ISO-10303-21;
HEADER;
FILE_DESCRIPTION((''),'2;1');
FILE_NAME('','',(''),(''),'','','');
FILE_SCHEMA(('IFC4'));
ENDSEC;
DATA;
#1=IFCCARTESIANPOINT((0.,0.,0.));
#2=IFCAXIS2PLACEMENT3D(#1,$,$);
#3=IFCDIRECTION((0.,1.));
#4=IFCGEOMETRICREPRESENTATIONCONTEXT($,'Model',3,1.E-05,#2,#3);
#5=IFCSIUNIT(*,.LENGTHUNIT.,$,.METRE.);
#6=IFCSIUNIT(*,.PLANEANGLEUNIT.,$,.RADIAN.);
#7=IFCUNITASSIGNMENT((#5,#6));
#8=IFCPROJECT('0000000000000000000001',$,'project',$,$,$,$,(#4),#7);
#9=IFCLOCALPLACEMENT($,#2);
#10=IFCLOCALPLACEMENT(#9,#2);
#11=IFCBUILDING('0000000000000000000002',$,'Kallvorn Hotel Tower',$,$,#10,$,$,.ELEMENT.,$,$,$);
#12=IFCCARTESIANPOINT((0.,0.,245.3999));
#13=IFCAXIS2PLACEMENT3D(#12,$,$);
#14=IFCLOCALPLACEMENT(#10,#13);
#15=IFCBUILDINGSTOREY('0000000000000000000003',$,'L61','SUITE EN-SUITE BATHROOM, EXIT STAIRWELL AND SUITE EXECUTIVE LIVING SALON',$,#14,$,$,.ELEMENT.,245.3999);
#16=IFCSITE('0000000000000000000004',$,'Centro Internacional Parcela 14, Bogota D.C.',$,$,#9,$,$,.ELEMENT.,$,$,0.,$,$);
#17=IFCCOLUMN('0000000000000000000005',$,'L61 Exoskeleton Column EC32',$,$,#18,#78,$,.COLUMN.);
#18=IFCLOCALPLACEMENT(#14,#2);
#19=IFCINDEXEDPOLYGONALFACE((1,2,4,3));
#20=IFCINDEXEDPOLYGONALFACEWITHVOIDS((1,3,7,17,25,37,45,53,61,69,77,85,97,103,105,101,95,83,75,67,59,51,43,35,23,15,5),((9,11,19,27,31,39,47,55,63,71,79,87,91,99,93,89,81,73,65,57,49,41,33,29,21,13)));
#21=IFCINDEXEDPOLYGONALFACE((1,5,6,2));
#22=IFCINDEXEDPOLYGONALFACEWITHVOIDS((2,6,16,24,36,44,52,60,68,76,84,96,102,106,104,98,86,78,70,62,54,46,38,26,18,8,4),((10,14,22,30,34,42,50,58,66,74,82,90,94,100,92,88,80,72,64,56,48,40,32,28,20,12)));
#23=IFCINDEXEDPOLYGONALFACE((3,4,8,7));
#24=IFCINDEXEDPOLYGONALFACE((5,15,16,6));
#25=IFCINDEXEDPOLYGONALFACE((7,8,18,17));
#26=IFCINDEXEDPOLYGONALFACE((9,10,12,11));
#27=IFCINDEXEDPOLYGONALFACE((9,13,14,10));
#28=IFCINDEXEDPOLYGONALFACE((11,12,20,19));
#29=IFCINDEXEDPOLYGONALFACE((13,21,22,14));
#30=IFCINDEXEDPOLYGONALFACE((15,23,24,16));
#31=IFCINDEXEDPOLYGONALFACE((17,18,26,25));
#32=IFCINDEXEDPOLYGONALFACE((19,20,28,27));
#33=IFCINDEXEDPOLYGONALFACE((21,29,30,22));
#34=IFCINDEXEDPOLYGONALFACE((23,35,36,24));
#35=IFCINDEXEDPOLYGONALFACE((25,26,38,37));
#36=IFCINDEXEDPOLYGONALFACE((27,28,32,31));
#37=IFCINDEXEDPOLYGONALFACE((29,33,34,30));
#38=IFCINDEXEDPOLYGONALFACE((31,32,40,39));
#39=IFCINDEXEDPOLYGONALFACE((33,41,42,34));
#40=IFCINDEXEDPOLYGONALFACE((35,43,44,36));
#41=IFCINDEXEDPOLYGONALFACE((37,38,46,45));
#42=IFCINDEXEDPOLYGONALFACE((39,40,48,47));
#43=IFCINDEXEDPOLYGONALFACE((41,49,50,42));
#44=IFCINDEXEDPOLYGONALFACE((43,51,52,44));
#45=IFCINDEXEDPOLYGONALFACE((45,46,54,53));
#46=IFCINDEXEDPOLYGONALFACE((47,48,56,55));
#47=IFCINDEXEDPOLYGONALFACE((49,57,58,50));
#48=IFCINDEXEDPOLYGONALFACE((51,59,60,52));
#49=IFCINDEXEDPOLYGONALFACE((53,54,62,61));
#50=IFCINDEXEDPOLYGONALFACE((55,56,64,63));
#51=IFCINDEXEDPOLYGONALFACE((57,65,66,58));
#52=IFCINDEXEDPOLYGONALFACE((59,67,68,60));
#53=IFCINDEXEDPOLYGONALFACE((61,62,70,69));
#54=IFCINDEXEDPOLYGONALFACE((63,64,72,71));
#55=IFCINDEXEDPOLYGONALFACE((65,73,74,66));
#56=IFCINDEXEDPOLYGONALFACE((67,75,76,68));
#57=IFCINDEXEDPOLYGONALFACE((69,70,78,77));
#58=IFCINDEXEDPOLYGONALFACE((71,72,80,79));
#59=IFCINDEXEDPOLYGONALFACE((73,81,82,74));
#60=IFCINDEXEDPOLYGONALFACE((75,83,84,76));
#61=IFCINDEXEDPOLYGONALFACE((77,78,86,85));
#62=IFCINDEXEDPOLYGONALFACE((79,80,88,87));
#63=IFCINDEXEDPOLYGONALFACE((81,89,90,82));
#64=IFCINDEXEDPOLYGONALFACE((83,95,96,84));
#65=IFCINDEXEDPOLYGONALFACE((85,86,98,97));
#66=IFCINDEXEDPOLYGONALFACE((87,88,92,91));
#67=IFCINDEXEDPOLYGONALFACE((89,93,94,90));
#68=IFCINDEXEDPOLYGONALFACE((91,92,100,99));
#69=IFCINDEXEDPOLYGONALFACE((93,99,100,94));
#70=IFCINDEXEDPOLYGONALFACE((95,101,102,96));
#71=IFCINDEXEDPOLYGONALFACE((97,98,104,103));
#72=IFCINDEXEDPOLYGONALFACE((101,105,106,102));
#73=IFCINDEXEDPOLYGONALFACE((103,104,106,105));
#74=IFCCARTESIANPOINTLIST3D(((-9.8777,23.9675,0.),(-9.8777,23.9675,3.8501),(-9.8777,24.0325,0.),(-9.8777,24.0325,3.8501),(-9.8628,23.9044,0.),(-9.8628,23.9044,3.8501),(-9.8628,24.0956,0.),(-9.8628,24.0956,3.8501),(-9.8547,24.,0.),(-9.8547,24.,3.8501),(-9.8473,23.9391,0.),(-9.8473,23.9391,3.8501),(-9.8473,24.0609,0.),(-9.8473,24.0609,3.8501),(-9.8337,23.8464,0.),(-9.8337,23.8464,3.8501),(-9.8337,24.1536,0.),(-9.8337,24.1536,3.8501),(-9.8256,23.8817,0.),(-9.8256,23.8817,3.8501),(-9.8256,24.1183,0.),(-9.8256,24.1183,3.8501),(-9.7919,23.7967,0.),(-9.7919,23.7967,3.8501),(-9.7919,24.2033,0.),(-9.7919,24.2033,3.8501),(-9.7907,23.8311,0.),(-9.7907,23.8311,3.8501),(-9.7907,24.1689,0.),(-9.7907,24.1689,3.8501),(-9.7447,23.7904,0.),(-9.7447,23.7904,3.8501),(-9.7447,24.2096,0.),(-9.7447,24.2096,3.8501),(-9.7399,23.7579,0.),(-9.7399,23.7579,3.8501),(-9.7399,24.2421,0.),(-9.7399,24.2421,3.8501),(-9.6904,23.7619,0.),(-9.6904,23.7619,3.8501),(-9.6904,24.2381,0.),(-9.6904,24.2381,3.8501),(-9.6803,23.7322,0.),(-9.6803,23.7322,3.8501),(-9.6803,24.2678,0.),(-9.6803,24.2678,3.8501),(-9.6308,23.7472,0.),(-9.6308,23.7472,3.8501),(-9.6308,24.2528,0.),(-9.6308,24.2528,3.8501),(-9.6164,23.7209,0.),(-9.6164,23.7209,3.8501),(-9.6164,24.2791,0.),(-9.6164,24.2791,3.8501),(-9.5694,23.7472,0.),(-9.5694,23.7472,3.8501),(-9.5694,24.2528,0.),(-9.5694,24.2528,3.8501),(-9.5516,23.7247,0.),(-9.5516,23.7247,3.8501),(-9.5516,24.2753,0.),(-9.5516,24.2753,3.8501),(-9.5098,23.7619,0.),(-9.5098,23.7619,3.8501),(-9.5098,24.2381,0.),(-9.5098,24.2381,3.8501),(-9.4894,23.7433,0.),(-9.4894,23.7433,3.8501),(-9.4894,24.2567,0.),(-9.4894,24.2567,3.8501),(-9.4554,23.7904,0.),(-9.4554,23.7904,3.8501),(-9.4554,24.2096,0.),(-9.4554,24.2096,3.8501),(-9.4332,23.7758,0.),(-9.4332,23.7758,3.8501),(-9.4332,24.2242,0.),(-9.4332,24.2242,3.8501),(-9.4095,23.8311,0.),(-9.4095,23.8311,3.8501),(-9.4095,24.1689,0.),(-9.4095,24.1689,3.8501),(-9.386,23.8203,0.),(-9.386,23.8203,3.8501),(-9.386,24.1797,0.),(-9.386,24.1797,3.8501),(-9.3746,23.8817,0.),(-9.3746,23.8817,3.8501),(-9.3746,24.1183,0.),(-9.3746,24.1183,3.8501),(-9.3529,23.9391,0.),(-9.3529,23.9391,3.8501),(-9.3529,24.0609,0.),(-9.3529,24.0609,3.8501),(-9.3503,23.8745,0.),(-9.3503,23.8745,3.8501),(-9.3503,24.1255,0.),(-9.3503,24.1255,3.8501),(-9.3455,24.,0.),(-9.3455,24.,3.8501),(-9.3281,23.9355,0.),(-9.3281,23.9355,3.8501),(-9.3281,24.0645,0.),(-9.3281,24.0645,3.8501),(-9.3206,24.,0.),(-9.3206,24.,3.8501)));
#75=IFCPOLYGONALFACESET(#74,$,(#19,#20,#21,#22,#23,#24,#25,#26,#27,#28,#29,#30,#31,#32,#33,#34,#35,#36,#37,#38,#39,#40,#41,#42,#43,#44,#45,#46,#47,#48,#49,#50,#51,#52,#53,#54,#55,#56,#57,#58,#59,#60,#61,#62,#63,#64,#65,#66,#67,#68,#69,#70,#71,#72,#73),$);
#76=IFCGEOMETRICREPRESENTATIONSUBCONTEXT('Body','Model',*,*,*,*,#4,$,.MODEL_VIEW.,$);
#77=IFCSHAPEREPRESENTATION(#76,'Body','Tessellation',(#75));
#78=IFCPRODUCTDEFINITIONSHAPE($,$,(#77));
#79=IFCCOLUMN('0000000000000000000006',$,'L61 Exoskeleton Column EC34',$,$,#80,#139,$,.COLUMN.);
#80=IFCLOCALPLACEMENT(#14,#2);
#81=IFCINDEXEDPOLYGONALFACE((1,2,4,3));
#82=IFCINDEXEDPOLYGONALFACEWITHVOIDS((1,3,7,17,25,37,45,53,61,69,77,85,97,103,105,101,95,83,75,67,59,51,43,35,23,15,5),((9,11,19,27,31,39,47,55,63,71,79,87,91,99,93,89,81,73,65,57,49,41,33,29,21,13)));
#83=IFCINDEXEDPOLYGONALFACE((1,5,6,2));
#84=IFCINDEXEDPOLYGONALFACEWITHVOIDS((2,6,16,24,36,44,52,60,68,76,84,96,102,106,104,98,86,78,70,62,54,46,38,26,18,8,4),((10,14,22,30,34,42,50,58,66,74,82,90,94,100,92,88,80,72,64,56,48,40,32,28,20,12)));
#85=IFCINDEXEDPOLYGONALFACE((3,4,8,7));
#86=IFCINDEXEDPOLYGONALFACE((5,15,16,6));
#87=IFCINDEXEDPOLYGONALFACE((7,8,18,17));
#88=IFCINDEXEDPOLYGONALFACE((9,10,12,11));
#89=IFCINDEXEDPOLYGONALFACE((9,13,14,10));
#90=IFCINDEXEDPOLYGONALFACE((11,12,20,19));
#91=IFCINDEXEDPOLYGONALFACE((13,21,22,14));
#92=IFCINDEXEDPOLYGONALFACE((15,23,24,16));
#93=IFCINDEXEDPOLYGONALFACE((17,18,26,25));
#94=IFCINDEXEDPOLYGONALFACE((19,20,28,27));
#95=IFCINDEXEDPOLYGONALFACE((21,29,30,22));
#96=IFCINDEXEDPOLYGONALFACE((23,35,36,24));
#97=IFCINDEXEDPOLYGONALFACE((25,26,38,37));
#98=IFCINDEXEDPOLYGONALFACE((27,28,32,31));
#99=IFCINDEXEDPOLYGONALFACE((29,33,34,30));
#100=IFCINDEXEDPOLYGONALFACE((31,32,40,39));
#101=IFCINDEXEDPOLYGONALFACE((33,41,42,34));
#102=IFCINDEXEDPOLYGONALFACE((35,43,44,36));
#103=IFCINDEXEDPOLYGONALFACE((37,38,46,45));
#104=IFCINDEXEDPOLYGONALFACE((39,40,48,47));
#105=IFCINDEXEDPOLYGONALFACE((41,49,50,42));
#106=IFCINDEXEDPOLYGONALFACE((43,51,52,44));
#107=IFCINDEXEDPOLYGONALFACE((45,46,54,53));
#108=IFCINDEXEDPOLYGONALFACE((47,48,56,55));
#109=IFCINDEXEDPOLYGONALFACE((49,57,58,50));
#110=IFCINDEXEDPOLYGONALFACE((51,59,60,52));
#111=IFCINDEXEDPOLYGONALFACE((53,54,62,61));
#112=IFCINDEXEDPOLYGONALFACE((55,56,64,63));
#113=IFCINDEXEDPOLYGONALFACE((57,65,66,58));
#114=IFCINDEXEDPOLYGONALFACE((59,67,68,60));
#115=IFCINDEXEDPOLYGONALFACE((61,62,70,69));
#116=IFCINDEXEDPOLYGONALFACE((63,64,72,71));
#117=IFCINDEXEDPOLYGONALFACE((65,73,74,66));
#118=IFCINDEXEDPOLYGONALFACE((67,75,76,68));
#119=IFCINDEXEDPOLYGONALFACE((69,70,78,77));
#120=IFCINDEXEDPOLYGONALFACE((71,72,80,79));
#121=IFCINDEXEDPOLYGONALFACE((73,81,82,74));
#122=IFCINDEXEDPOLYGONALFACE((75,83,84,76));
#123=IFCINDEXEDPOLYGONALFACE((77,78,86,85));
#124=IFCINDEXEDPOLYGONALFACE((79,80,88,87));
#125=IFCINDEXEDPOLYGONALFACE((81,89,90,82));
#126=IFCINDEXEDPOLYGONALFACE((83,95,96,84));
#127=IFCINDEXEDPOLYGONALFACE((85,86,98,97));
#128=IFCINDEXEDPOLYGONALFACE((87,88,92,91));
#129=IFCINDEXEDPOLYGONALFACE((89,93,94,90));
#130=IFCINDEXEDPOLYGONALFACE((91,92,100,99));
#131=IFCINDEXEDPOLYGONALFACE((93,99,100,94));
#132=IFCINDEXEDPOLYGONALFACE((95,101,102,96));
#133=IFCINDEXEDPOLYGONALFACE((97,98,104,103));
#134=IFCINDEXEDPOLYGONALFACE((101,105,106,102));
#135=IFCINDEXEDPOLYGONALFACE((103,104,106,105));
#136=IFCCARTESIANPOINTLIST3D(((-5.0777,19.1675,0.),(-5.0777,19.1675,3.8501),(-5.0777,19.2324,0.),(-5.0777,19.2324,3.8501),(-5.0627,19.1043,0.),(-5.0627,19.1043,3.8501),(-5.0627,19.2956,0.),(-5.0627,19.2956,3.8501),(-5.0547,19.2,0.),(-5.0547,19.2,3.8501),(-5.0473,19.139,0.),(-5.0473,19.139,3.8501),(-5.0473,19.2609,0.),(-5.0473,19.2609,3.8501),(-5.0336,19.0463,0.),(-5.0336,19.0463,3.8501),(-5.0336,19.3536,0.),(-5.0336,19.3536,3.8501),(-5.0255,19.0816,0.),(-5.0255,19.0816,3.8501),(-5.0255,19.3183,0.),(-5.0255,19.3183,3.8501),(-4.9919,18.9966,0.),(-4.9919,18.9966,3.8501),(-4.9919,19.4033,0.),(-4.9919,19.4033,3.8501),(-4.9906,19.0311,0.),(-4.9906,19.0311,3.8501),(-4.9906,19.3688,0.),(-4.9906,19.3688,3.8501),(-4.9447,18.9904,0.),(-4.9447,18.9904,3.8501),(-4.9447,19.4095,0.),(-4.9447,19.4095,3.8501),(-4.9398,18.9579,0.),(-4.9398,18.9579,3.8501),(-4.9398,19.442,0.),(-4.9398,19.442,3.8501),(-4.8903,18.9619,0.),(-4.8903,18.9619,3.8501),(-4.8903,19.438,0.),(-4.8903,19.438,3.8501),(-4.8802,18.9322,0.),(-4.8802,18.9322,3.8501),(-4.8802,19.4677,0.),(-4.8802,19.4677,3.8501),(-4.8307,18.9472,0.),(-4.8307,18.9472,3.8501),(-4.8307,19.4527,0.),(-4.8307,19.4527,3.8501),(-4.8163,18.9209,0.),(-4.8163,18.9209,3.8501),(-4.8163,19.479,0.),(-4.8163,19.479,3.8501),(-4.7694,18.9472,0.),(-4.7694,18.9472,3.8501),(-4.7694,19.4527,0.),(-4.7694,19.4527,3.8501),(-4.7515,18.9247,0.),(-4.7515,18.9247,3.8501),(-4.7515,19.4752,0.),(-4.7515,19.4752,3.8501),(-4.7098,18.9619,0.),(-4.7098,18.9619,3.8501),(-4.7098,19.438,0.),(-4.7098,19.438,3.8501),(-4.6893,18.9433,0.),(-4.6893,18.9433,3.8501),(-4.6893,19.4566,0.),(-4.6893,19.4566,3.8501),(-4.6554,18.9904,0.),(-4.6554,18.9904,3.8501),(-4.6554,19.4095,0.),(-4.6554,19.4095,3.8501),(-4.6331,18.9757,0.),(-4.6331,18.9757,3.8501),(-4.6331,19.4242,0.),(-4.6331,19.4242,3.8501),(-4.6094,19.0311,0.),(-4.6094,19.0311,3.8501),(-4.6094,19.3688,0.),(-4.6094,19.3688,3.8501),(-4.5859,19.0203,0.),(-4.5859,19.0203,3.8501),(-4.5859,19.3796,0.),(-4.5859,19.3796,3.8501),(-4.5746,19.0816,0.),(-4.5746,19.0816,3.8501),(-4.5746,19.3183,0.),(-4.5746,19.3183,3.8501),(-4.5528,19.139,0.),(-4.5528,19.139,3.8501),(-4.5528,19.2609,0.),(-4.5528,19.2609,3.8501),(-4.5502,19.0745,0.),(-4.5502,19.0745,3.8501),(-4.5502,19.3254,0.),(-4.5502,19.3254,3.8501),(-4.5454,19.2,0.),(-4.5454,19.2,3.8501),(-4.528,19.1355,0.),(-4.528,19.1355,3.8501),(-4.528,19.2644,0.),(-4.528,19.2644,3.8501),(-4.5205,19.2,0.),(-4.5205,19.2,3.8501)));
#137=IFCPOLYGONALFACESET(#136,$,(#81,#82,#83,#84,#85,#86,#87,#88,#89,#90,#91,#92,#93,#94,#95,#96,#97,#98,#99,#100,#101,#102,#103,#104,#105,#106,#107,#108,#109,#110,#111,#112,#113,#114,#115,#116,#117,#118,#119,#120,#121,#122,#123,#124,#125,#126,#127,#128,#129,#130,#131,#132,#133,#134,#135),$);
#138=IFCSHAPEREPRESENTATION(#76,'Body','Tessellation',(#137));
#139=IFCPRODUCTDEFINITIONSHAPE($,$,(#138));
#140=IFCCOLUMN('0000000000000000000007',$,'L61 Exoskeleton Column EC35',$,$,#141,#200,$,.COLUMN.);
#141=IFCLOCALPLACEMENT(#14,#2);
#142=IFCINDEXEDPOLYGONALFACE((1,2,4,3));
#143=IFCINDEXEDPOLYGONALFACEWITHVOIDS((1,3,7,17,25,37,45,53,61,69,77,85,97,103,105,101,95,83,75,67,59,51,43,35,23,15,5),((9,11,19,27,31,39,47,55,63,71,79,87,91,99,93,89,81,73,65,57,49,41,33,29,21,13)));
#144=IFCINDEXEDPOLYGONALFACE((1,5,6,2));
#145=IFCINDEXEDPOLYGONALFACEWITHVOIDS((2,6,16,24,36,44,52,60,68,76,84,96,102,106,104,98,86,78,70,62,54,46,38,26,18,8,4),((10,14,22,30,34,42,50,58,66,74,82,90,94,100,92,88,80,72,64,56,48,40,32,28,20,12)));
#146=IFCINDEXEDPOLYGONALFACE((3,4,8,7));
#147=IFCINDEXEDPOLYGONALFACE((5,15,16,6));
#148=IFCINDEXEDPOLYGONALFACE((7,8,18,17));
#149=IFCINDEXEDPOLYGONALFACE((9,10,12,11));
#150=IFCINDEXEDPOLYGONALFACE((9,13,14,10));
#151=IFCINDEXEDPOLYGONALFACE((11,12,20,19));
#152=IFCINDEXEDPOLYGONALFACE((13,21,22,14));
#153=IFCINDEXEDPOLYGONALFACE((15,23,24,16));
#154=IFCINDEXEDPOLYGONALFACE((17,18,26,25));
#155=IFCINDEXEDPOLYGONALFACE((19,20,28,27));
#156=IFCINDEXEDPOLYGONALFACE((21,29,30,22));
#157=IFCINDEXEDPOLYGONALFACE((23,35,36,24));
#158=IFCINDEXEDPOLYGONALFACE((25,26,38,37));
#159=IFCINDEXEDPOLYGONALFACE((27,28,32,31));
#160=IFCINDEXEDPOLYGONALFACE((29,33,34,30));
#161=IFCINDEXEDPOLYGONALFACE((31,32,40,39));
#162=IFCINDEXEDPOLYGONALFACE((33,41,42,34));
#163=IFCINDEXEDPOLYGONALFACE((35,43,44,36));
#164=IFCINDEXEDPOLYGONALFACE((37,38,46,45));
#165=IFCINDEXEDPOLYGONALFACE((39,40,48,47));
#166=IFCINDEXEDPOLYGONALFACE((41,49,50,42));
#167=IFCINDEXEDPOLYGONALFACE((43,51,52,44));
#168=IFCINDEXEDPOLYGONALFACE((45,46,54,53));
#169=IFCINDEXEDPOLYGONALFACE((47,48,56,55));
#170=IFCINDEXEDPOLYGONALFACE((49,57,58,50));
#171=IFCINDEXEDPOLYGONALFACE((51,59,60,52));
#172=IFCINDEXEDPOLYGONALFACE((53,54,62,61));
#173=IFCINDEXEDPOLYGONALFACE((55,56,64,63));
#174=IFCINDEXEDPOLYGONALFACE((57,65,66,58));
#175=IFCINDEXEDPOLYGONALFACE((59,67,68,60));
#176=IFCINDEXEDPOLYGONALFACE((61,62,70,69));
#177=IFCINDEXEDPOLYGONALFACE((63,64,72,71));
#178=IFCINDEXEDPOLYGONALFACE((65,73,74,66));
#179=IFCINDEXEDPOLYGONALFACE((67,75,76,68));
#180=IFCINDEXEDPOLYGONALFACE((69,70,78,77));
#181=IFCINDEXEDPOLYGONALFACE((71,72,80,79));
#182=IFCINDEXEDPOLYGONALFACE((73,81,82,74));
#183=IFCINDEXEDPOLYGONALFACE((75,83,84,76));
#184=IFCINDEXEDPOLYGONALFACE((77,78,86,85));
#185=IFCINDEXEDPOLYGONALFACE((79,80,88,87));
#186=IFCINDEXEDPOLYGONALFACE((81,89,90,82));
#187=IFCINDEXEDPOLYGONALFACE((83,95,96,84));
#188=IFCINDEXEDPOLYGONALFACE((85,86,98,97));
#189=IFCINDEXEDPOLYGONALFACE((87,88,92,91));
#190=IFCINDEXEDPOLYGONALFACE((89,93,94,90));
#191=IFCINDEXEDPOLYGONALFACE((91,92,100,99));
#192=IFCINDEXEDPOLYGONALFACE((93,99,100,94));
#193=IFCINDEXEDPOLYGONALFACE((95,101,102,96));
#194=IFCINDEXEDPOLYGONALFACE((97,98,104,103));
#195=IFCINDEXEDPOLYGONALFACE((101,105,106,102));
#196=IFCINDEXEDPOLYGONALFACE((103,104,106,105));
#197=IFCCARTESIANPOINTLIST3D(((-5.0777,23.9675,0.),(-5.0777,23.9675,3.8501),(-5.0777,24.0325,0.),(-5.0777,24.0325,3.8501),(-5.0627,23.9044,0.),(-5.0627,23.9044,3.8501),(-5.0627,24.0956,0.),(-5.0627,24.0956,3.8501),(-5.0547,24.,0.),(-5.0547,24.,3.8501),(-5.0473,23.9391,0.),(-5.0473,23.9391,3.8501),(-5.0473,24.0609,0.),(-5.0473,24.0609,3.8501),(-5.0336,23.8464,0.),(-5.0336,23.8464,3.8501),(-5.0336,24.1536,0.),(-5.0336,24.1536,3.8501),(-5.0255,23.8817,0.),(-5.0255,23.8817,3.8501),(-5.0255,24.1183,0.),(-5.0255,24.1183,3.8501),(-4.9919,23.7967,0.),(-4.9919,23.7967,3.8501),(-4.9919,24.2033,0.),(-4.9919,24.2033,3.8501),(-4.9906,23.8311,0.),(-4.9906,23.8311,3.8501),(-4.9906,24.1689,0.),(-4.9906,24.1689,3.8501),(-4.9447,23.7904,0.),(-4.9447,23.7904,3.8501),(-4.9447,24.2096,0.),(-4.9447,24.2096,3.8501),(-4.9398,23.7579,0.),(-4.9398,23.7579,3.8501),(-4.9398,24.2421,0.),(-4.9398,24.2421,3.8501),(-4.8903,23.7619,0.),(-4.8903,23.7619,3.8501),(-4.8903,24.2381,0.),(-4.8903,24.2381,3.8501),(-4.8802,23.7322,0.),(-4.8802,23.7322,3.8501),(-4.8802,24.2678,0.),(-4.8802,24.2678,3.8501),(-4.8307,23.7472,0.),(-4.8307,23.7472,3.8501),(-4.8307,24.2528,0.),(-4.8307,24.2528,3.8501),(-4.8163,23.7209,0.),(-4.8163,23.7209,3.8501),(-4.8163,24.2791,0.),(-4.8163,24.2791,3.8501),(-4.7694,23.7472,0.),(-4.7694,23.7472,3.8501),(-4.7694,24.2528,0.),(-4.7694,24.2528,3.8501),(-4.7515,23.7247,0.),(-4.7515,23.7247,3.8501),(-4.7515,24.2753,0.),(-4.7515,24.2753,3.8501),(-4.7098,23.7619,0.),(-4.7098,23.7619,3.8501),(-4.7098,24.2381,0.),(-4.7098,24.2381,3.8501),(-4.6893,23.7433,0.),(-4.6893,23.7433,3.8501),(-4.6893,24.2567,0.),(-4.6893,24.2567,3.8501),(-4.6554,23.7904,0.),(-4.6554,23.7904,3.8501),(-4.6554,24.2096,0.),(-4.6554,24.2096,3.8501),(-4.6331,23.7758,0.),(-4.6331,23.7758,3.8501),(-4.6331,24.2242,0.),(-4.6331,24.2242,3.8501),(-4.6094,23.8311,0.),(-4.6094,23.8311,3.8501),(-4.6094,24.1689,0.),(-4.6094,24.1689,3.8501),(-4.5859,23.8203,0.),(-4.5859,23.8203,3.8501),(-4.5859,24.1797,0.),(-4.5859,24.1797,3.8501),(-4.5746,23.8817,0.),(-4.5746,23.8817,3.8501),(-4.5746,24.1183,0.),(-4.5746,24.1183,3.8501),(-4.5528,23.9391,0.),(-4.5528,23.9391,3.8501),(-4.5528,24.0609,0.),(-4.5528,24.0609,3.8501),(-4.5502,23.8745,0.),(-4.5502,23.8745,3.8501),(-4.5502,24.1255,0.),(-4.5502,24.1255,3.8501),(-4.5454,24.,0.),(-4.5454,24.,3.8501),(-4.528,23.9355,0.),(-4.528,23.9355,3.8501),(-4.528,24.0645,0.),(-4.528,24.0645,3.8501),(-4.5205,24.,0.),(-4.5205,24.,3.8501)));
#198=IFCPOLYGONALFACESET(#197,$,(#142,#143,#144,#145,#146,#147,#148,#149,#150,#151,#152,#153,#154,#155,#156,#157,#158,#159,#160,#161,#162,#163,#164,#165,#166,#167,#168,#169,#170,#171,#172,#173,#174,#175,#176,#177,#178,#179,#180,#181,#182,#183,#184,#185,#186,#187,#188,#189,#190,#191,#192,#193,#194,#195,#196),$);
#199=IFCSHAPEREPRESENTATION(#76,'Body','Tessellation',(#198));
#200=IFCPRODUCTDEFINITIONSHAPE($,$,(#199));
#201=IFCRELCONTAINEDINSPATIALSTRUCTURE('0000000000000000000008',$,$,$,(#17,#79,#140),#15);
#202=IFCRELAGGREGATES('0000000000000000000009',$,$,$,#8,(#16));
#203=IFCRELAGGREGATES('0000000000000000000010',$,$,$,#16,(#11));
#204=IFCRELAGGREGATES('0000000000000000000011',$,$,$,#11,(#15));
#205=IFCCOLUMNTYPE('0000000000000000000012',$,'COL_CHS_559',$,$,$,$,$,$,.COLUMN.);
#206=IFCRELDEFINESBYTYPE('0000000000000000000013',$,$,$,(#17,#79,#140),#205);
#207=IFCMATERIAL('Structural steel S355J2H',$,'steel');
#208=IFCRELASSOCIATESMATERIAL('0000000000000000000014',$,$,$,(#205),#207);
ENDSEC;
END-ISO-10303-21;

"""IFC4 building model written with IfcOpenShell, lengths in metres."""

from ifc_helpers import new_model, si_unit, direction, frame, origin, origin_2d, place, context, subcontext, project, spatial, hollow_circle, extrude, material, material_profile, profile_set, type_object, element, save


model = new_model("IFC4")

# Units and contexts
model_context = context("Model", 3, precision=1e-05, world=origin(), true_north=direction((0.0, 1.0)))
body_context = subcontext(model_context, "Body", "Model", "MODEL_VIEW")
ifc_project = project(units=[si_unit("LENGTHUNIT", "METRE"), si_unit("PLANEANGLEUNIT", "RADIAN")], contexts=[model_context])

# Site, building, storey
site_placement = place(None, origin())
site = spatial("IfcSite", under=ifc_project, at=site_placement, Name="Centro Internacional Parcela 14, Bogota D.C.", CompositionType="ELEMENT", RefElevation=0.0)
building_placement = place(site_placement, origin())
building = spatial("IfcBuilding", under=site, at=building_placement, Name="Kallvorn Hotel Tower", CompositionType="ELEMENT")
storey_placement = place(building_placement, frame((0.0, 0.0, 245.3999)))
storey = spatial("IfcBuildingStorey", under=building, at=storey_placement, Name="L61", Description="SUITE EN-SUITE BATHROOM, EXIT STAIRWELL AND SUITE EXECUTIVE LIVING SALON", CompositionType="ELEMENT", Elevation=245.3999)

# Columns
ifc_material_1 = material(Name="Structural steel S355J2H", Category="steel")
ifc_material_profile_1 = material_profile(ifc_material_1, hollow_circle(Radius=0.2795, WallThickness=0.0249, at=origin_2d()), Name="CHS 559x25")
ifc_profile_set_1 = profile_set([ifc_material_profile_1], Name="Structural steel S355J2H")
column_type_1 = type_object("IfcColumnType", Name="COL_CHS_559", PredefinedType="COLUMN", material=ifc_profile_set_1)
for number, where, z_axis, x_axis, name in (
    (1, (-9.6001, 24.0, 0.0), (0.0, 0.0, 1.0), (1.0, 0.0, 0.0), "L61 Exoskeleton Column EC32"),
    (2, (-4.8, 19.2, 0.0), (0.0, 0.0, 1.0), (1.0, 0.0, 0.0), "L61 Exoskeleton Column EC34"),
    (3, (-4.8, 24.0, 0.0), (0.0, 0.0, 1.0), (1.0, 0.0, 0.0), "L61 Exoskeleton Column EC35"),
):
    element("IfcColumn", number, at=place(storey_placement, frame(where, z_axis=z_axis, x_axis=x_axis)), inside=storey, type_object=column_type_1, Name=name, PredefinedType="COLUMN", context=body_context, shape_type="SweptSolid", body=[
        extrude(hollow_circle(Radius=0.2795, WallThickness=0.0249, at=origin_2d()), origin(), (0.0, 0.0, 1.0), 3.8501),
    ])

save(model, "model.ifc")
